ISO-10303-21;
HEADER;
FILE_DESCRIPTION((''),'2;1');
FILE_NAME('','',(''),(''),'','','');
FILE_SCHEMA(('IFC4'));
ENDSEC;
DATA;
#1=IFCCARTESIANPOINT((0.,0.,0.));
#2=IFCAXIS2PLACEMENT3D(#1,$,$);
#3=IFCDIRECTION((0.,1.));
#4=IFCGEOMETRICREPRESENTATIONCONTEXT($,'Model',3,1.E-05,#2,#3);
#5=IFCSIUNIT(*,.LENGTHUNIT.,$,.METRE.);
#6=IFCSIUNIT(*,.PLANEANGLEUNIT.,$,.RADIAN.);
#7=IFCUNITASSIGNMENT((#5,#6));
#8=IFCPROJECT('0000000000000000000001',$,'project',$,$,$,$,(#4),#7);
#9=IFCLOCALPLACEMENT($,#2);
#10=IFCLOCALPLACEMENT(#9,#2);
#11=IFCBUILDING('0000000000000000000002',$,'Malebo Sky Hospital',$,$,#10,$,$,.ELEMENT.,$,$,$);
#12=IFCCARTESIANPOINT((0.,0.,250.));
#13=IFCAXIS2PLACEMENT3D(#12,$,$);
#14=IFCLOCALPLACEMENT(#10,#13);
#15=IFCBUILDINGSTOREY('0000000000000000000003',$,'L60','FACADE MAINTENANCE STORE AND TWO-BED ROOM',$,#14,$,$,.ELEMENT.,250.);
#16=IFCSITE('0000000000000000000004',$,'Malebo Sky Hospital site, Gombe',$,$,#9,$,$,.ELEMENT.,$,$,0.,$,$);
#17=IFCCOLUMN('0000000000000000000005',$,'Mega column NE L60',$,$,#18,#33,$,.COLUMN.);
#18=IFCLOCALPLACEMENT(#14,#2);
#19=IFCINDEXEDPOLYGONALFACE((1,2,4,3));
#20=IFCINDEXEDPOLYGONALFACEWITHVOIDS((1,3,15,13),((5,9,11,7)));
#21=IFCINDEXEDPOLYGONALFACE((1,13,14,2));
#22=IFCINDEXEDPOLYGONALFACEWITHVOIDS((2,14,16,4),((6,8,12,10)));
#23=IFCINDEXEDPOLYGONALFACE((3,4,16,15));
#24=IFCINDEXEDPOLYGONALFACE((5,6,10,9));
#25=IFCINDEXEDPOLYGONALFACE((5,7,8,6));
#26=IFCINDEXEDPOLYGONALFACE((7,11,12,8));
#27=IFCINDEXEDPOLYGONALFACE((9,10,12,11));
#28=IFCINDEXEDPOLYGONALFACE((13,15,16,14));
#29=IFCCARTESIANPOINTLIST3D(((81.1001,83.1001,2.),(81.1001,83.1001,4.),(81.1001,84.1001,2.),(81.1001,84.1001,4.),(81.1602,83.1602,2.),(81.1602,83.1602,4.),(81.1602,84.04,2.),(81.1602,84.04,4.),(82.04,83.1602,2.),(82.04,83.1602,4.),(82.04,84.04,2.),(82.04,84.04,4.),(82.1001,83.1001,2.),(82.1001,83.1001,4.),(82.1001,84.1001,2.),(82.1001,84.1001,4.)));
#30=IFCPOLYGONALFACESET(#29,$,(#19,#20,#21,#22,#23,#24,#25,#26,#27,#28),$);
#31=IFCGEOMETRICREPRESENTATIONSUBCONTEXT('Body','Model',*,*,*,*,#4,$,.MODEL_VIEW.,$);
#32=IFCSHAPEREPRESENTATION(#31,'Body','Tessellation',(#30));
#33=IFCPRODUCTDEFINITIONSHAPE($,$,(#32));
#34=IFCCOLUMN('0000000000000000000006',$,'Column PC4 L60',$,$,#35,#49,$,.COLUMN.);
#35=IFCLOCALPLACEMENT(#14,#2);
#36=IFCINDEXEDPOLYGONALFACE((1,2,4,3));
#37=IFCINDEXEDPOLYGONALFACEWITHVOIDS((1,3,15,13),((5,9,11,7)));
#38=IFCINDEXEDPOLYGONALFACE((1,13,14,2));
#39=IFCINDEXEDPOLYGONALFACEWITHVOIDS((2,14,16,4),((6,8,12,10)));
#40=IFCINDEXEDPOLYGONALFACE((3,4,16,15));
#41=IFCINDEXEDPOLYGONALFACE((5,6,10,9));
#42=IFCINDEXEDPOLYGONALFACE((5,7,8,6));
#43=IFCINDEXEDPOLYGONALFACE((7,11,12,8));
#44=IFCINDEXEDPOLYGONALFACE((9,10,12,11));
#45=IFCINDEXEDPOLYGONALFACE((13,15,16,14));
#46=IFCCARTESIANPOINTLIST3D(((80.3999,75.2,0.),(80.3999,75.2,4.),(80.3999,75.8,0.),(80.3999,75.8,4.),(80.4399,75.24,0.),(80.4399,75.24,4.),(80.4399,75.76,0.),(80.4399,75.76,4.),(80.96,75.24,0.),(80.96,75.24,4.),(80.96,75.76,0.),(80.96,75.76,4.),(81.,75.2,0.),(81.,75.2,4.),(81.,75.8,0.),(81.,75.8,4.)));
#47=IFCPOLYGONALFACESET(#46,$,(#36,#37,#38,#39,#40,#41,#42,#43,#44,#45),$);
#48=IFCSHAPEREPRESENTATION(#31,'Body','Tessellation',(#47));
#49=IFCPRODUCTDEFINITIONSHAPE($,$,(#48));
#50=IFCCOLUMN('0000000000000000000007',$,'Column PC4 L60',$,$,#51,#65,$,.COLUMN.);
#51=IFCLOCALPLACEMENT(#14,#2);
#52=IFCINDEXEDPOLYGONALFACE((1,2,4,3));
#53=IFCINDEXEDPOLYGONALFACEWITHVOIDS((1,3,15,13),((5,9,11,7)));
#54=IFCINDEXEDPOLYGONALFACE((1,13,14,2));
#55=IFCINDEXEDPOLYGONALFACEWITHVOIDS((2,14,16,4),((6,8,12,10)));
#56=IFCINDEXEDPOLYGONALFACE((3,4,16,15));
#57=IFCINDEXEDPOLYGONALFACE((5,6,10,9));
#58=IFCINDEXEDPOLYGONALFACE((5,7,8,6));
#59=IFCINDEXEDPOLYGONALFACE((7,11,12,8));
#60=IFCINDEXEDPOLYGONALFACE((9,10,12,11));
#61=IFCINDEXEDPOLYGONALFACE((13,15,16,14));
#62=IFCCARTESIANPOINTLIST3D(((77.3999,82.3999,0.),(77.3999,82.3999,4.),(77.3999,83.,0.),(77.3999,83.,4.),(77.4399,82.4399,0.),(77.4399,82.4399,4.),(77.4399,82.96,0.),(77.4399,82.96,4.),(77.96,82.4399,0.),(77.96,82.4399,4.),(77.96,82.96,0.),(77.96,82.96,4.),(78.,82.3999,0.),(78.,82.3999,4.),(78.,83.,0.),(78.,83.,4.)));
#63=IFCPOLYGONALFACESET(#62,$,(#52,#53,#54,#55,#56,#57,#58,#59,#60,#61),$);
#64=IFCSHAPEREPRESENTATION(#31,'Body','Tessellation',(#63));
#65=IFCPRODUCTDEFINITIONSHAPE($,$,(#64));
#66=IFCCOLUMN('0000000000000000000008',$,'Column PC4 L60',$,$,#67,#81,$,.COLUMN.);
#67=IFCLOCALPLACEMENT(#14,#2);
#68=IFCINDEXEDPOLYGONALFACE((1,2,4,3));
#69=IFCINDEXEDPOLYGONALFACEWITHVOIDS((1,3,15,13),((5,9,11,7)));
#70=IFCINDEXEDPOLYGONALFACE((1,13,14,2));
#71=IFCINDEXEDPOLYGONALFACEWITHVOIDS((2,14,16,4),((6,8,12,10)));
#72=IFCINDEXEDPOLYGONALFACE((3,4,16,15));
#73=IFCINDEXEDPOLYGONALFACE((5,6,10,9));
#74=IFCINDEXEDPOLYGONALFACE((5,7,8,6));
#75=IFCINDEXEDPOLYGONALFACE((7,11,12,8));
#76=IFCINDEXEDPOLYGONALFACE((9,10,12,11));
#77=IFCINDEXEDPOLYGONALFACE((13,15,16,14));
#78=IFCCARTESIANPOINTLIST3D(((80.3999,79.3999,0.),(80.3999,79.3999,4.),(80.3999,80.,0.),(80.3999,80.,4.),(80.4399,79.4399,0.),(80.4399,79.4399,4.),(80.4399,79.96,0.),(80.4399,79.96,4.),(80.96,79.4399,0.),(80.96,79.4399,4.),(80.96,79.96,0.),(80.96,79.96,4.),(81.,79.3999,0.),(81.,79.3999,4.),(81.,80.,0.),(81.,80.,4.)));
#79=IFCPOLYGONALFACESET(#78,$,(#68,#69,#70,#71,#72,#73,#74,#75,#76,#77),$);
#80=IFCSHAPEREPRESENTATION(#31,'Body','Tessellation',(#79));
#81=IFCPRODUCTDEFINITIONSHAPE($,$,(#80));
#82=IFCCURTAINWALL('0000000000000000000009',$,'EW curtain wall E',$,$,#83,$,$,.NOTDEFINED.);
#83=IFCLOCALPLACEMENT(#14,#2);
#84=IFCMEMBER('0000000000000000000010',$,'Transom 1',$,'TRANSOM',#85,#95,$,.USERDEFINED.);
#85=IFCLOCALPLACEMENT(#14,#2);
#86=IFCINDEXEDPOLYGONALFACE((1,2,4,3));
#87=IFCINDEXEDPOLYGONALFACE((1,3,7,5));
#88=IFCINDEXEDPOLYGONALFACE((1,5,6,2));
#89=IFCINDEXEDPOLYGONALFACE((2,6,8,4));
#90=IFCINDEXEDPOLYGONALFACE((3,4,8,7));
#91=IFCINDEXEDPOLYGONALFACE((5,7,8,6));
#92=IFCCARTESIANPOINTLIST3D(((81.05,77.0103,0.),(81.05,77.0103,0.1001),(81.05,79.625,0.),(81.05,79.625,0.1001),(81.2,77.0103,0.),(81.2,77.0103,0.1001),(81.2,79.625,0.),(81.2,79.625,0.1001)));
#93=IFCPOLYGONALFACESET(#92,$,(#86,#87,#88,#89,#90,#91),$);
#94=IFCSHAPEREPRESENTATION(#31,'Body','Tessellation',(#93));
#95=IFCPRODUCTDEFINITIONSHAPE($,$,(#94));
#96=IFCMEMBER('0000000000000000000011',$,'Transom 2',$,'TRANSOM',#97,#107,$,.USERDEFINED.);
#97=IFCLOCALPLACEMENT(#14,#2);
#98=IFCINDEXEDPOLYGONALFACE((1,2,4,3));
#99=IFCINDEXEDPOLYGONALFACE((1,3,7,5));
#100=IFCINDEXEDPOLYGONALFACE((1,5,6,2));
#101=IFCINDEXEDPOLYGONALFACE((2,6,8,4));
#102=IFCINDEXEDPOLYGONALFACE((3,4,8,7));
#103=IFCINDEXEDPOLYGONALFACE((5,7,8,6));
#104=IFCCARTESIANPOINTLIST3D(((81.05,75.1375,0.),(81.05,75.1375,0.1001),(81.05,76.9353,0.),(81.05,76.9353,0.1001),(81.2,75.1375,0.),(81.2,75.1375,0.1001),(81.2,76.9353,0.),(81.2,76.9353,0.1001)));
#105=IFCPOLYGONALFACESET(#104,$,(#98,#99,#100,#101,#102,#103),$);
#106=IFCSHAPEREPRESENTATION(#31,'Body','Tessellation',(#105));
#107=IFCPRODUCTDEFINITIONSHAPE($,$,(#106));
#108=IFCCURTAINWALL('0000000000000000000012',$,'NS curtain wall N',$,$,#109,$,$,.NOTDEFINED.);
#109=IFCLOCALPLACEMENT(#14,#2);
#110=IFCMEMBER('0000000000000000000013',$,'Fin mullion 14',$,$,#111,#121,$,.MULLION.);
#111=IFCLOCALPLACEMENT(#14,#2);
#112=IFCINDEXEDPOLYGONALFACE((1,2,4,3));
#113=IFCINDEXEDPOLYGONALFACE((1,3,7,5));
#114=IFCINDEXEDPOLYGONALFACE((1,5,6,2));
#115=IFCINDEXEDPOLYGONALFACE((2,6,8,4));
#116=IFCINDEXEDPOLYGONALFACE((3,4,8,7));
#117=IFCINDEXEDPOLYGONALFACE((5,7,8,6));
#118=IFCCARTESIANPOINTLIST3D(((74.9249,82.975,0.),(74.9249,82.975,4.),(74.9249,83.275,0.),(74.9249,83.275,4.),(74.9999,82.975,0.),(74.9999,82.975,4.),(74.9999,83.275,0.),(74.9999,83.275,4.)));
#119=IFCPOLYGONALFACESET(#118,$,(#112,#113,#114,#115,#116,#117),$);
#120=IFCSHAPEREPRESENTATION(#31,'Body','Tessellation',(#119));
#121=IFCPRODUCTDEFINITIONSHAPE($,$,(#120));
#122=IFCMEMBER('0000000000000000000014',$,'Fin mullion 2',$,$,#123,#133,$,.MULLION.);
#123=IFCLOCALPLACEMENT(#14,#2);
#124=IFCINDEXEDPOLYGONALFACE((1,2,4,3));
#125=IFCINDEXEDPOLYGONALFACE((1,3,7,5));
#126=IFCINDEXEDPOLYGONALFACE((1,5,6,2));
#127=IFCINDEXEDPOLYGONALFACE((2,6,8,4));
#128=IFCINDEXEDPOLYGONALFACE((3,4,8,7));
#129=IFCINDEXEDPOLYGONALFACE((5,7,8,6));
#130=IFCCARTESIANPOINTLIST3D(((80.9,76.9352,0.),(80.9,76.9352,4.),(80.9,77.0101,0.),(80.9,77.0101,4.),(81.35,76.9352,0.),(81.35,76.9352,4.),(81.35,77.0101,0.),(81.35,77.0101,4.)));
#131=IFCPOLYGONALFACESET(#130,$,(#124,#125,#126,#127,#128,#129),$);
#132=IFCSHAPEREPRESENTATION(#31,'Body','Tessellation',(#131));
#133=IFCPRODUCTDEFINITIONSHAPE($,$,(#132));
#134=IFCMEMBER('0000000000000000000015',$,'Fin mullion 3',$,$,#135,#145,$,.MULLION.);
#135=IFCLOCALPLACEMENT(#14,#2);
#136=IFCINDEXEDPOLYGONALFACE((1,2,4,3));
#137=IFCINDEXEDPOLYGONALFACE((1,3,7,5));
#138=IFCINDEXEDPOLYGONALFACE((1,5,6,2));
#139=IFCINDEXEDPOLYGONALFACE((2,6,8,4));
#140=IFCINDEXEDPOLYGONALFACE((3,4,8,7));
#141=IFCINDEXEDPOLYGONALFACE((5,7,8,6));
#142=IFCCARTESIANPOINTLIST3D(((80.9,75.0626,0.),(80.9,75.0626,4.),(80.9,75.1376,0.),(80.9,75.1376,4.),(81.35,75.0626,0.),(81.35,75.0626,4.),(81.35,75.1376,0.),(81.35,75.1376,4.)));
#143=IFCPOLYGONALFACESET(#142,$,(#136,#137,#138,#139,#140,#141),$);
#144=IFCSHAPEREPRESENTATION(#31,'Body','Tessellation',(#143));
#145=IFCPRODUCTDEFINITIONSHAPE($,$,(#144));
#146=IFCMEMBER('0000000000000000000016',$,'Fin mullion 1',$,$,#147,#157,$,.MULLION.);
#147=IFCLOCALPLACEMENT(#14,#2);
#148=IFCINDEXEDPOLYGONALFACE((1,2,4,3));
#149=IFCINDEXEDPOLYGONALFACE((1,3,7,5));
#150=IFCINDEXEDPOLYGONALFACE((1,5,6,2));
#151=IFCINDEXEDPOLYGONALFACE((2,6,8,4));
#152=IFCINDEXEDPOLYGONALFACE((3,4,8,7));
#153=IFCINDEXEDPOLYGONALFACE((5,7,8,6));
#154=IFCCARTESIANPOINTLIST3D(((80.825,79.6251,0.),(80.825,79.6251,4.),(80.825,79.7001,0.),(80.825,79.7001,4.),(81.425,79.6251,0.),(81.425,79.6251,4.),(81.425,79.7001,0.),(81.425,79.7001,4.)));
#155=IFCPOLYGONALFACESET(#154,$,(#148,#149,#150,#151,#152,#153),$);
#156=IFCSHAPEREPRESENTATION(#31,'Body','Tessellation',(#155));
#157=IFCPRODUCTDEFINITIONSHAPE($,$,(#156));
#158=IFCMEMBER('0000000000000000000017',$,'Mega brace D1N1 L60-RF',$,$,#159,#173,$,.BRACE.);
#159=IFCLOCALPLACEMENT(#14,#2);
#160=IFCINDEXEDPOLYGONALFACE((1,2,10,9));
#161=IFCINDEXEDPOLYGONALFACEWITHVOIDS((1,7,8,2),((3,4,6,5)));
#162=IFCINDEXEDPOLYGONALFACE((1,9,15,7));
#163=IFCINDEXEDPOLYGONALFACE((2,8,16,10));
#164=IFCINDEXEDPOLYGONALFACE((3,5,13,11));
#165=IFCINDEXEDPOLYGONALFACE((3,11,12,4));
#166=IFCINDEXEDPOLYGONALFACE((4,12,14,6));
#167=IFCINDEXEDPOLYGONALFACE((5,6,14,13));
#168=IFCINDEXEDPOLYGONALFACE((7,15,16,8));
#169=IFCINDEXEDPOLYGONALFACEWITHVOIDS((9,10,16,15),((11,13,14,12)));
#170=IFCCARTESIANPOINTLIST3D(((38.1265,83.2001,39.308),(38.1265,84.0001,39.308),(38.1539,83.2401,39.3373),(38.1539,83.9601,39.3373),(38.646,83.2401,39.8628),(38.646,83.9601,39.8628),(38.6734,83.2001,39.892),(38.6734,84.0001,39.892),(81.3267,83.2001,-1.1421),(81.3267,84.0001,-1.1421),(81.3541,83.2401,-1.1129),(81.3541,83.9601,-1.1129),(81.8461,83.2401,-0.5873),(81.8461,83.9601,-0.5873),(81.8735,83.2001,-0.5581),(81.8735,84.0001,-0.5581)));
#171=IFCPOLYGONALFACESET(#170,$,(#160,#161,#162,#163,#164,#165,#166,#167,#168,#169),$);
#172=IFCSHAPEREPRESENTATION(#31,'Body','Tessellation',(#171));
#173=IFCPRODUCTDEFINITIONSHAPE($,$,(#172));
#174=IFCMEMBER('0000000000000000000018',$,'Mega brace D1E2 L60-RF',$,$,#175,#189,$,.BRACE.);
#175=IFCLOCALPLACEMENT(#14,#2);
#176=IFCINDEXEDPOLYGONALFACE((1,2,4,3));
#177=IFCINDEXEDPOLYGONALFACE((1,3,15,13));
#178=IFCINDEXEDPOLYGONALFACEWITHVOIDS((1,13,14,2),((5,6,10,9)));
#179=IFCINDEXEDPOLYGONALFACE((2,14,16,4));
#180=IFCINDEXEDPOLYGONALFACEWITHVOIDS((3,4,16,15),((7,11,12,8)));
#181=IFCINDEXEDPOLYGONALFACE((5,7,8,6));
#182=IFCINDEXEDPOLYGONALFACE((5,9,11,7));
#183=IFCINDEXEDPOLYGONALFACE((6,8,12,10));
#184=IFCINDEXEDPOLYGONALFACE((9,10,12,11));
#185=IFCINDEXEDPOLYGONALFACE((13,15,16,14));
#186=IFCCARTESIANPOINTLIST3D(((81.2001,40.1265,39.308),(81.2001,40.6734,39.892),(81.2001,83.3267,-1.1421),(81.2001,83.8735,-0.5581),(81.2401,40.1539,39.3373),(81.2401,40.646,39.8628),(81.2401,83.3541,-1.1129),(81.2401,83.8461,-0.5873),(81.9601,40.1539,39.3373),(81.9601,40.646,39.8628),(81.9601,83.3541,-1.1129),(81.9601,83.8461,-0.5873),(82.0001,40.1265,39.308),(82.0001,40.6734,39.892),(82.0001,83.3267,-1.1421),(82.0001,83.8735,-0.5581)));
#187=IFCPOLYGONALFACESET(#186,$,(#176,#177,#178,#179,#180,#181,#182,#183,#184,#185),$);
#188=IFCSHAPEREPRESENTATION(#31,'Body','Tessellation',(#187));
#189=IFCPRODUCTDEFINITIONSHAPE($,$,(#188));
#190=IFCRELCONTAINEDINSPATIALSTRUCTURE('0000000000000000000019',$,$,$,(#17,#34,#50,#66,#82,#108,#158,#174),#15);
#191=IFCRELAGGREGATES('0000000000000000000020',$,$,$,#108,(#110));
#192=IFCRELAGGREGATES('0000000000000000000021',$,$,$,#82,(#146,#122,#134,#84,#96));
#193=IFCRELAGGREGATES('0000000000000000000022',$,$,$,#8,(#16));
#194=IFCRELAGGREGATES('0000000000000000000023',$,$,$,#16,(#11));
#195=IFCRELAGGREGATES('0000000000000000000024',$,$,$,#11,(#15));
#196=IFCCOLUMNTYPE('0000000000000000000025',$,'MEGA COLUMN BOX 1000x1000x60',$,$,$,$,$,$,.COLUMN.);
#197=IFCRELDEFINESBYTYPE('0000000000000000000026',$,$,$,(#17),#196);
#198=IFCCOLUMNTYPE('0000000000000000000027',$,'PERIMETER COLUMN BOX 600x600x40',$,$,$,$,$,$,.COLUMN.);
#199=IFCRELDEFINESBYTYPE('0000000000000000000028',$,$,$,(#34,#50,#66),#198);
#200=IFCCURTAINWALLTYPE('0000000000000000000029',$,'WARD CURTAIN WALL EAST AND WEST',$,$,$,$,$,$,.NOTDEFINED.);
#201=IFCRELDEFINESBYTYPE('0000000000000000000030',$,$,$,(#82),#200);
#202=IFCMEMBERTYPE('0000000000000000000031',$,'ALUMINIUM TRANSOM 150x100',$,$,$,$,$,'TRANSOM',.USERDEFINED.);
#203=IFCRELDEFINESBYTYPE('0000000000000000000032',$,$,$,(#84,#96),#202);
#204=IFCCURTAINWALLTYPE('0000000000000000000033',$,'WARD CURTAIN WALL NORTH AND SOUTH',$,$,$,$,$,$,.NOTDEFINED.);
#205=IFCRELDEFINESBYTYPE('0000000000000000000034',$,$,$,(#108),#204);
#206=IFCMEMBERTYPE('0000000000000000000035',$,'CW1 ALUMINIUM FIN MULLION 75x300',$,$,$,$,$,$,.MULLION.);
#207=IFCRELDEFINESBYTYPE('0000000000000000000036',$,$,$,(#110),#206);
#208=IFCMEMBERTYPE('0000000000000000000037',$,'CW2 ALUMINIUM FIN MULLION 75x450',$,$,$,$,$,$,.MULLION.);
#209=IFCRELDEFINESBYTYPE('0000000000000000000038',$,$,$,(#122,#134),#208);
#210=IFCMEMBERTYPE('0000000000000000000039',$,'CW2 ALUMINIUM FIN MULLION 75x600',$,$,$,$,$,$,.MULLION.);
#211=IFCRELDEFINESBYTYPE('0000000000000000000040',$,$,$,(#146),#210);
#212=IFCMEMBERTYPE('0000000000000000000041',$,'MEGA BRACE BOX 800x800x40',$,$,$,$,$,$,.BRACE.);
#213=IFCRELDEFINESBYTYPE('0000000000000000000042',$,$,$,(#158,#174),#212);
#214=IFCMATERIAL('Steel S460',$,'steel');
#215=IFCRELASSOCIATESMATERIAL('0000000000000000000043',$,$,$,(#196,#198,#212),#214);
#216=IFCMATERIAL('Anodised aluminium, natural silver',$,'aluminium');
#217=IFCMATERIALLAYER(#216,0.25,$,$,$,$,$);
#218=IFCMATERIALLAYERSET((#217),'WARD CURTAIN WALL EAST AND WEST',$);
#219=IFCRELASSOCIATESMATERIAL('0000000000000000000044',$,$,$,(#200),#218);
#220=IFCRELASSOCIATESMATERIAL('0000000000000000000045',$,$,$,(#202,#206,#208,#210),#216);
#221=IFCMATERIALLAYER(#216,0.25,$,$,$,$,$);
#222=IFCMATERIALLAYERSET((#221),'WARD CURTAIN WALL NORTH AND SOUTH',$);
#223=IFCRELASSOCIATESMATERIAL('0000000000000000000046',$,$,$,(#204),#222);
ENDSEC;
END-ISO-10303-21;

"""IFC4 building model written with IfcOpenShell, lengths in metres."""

from ifc_helpers import new_model, si_unit, direction, frame, origin, origin_2d, place, context, subcontext, project, spatial, rectangle, hollow_rectangle, extrude, material, layer, layer_set, material_profile, profile_set, type_object, element, aggregate, save


model = new_model("IFC4")

# Units and contexts
model_context = context("Model", 3, precision=1e-05, world=origin(), true_north=direction((0.0, 1.0)))
body_context = subcontext(model_context, "Body", "Model", "MODEL_VIEW")
ifc_project = project(units=[si_unit("LENGTHUNIT", "METRE"), si_unit("PLANEANGLEUNIT", "RADIAN")], contexts=[model_context])

# Site, building, storey
site_placement = place(None, origin())
site = spatial("IfcSite", under=ifc_project, at=site_placement, Name="Malebo Sky Hospital site, Gombe", CompositionType="ELEMENT", RefElevation=0.0)
building_placement = place(site_placement, origin())
building = spatial("IfcBuilding", under=site, at=building_placement, Name="Malebo Sky Hospital", CompositionType="ELEMENT")
storey_placement = place(building_placement, frame((0.0, 0.0, 250.0)))
storey = spatial("IfcBuildingStorey", under=building, at=storey_placement, Name="L60", Description="FACADE MAINTENANCE STORE AND TWO-BED ROOM", CompositionType="ELEMENT", Elevation=250.0)

# Columns
ifc_material_1 = material(Name="Steel S460", Category="steel")
ifc_material_profile_1 = material_profile(ifc_material_1, hollow_rectangle(XDim=1.0, YDim=1.0, WallThickness=0.0601, at=origin_2d()), Name="BOX 1000x1000x60")
ifc_profile_set_1 = profile_set([ifc_material_profile_1], Name="Steel S460")
column_type_1 = type_object("IfcColumnType", Name="MEGA COLUMN BOX 1000x1000x60", PredefinedType="COLUMN", material=ifc_profile_set_1)
column_placement = place(storey_placement, frame((81.6001, 83.6001, 2.0), z_axis=(0.0, 0.0, 1.0), x_axis=(1.0, 0.0, 0.0)))
element("IfcColumn", 1, at=column_placement, inside=storey, type_object=column_type_1, Name="Mega column NE L60", PredefinedType="COLUMN", context=body_context, shape_type="SweptSolid", body=[
    extrude(hollow_rectangle(XDim=1.0, YDim=1.0, WallThickness=0.0601, at=origin_2d()), origin(), (0.0, 0.0, 1.0), 2.0),
])
ifc_material_profile_2 = material_profile(ifc_material_1, hollow_rectangle(XDim=0.6001, YDim=0.6001, WallThickness=0.04, at=origin_2d()), Name="BOX 600x600x40")
ifc_profile_set_2 = profile_set([ifc_material_profile_2], Name="Steel S460")
column_type_2 = type_object("IfcColumnType", Name="PERIMETER COLUMN BOX 600x600x40", PredefinedType="COLUMN", material=ifc_profile_set_2)
for number, where, z_axis, x_axis, name in (
    (2, (80.7, 75.5, 0.0), (0.0, 0.0, 1.0), (1.0, 0.0, 0.0), "Column PC4 L60"),
    (3, (77.7, 82.7, 0.0), (0.0, 0.0, 1.0), (1.0, 0.0, 0.0), "Column PC4 L60"),
    (4, (80.7, 79.7, 0.0), (0.0, 0.0, 1.0), (1.0, 0.0, 0.0), "Column PC4 L60"),
):
    element("IfcColumn", number, at=place(storey_placement, frame(where, z_axis=z_axis, x_axis=x_axis)), inside=storey, type_object=column_type_2, Name=name, PredefinedType="COLUMN", context=body_context, shape_type="SweptSolid", body=[
        extrude(hollow_rectangle(XDim=0.6001, YDim=0.6001, WallThickness=0.04, at=origin_2d()), origin(), (0.0, 0.0, 1.0), 4.0),
    ])

# Curtain wall, members
ifc_material_2 = material(Name="Anodised aluminium, natural silver", Category="aluminium")
ifc_layer_1 = layer(ifc_material_2, 0.25)
ifc_layer_set_1 = layer_set([ifc_layer_1], Name="WARD CURTAIN WALL EAST AND WEST")
curtain_wall_type_1 = type_object("IfcCurtainWallType", Name="WARD CURTAIN WALL EAST AND WEST", PredefinedType="NOTDEFINED", material=ifc_layer_set_1)
curtain_wall_1_placement = place(storey_placement, origin())
curtain_wall_1 = element("IfcCurtainWall", 5, at=curtain_wall_1_placement, inside=storey, type_object=curtain_wall_type_1, Name="EW curtain wall E", PredefinedType="NOTDEFINED")
ifc_material_profile_3 = material_profile(ifc_material_2, rectangle(XDim=0.1499, YDim=0.1001, at=origin_2d()), Name="ALUMINIUM TRANSOM 150x100")
ifc_profile_set_3 = profile_set([ifc_material_profile_3], Name="Anodised aluminium, natural silver")
member_type_1 = type_object("IfcMemberType", Name="ALUMINIUM TRANSOM 150x100", ElementType="TRANSOM", PredefinedType="USERDEFINED", material=ifc_profile_set_3)
member_1_placement = place(storey_placement, frame((81.125, 79.625, 0.05), z_axis=(0.0, -1.0, 0.0), x_axis=(1.0, 0.0, 0.0)))
member_1 = element("IfcMember", 6, at=member_1_placement, type_object=member_type_1, Name="Transom 1", ObjectType="TRANSOM", PredefinedType="USERDEFINED", context=body_context, shape_type="SweptSolid", body=[
    extrude(rectangle(XDim=0.1499, YDim=0.1001, at=origin_2d()), origin(), (0.0, 0.0, 1.0), 2.6147),
])
member_2_placement = place(storey_placement, frame((81.125, 76.9353, 0.05), z_axis=(0.0, -1.0, 0.0), x_axis=(1.0, 0.0, 0.0)))
member_2 = element("IfcMember", 7, at=member_2_placement, type_object=member_type_1, Name="Transom 2", ObjectType="TRANSOM", PredefinedType="USERDEFINED", context=body_context, shape_type="SweptSolid", body=[
    extrude(rectangle(XDim=0.1499, YDim=0.1001, at=origin_2d()), origin(), (0.0, 0.0, 1.0), 1.7979),
])

# Curtain wall, member
ifc_layer_2 = layer(ifc_material_2, 0.25)
ifc_layer_set_2 = layer_set([ifc_layer_2], Name="WARD CURTAIN WALL NORTH AND SOUTH")
curtain_wall_type_2 = type_object("IfcCurtainWallType", Name="WARD CURTAIN WALL NORTH AND SOUTH", PredefinedType="NOTDEFINED", material=ifc_layer_set_2)
curtain_wall_2_placement = place(storey_placement, origin())
curtain_wall_2 = element("IfcCurtainWall", 8, at=curtain_wall_2_placement, inside=storey, type_object=curtain_wall_type_2, Name="NS curtain wall N", PredefinedType="NOTDEFINED")
ifc_material_profile_4 = material_profile(ifc_material_2, rectangle(XDim=0.075, YDim=0.3, at=origin_2d()), Name="CW1 ALUMINIUM FIN MULLION 75x300")
ifc_profile_set_4 = profile_set([ifc_material_profile_4], Name="Anodised aluminium, natural silver")
member_type_2 = type_object("IfcMemberType", Name="CW1 ALUMINIUM FIN MULLION 75x300", PredefinedType="MULLION", material=ifc_profile_set_4)
member_3_placement = place(storey_placement, frame((74.9624, 83.125, 0.0), z_axis=(0.0, 0.0, 1.0), x_axis=(1.0, 0.0, 0.0)))
member_3 = element("IfcMember", 9, at=member_3_placement, type_object=member_type_2, Name="Fin mullion 14", PredefinedType="MULLION", context=body_context, shape_type="SweptSolid", body=[
    extrude(rectangle(XDim=0.075, YDim=0.3, at=origin_2d()), origin(), (0.0, 0.0, 1.0), 4.0),
])

# Members
ifc_material_profile_5 = material_profile(ifc_material_2, rectangle(XDim=0.075, YDim=0.45, at=origin_2d()), Name="CW2 ALUMINIUM FIN MULLION 75x450")
ifc_profile_set_5 = profile_set([ifc_material_profile_5], Name="Anodised aluminium, natural silver")
member_type_3 = type_object("IfcMemberType", Name="CW2 ALUMINIUM FIN MULLION 75x450", PredefinedType="MULLION", material=ifc_profile_set_5)
member_4_placement = place(storey_placement, frame((81.125, 76.9727, 0.0), z_axis=(0.0, 0.0, 1.0), x_axis=(0.0, -1.0, 0.0)))
member_4 = element("IfcMember", 10, at=member_4_placement, type_object=member_type_3, Name="Fin mullion 2", PredefinedType="MULLION", context=body_context, shape_type="SweptSolid", body=[
    extrude(rectangle(XDim=0.075, YDim=0.45, at=origin_2d()), origin(), (0.0, 0.0, 1.0), 4.0),
])
member_5_placement = place(storey_placement, frame((81.125, 75.1001, 0.0), z_axis=(0.0, 0.0, 1.0), x_axis=(0.0, -1.0, 0.0)))
member_5 = element("IfcMember", 11, at=member_5_placement, type_object=member_type_3, Name="Fin mullion 3", PredefinedType="MULLION", context=body_context, shape_type="SweptSolid", body=[
    extrude(rectangle(XDim=0.075, YDim=0.45, at=origin_2d()), origin(), (0.0, 0.0, 1.0), 4.0),
])
ifc_material_profile_6 = material_profile(ifc_material_2, rectangle(XDim=0.075, YDim=0.6001, at=origin_2d()), Name="CW2 ALUMINIUM FIN MULLION 75x600")
ifc_profile_set_6 = profile_set([ifc_material_profile_6], Name="Anodised aluminium, natural silver")
member_type_4 = type_object("IfcMemberType", Name="CW2 ALUMINIUM FIN MULLION 75x600", PredefinedType="MULLION", material=ifc_profile_set_6)
member_6_placement = place(storey_placement, frame((81.125, 79.6626, 0.0), z_axis=(0.0, 0.0, 1.0), x_axis=(0.0, -1.0, 0.0)))
member_6 = element("IfcMember", 12, at=member_6_placement, type_object=member_type_4, Name="Fin mullion 1", PredefinedType="MULLION", context=body_context, shape_type="SweptSolid", body=[
    extrude(rectangle(XDim=0.075, YDim=0.6001, at=origin_2d()), origin(), (0.0, 0.0, 1.0), 4.0),
])

# Members
ifc_material_profile_7 = material_profile(ifc_material_1, hollow_rectangle(XDim=0.8, YDim=0.8, WallThickness=0.04, at=origin_2d()), Name="BOX 800x800x40")
ifc_profile_set_7 = profile_set([ifc_material_profile_7], Name="Steel S460")
member_type_5 = type_object("IfcMemberType", Name="MEGA BRACE BOX 800x800x40", PredefinedType="BRACE", material=ifc_profile_set_7)
for number, where, z_axis, x_axis, name in (
    (13, (81.6001, 83.6001, -0.8501), (-0.729959, 0.0, 0.683491), (0.0, -1.0, 0.0), "Mega brace D1N1 L60-RF"),
    (14, (81.6001, 83.6001, -0.8501), (0.0, -0.729959, 0.683491), (1.0, 0.0, 0.0), "Mega brace D1E2 L60-RF"),
):
    element("IfcMember", number, at=place(storey_placement, frame(where, z_axis=z_axis, x_axis=x_axis)), inside=storey, type_object=member_type_5, Name=name, PredefinedType="BRACE", context=body_context, shape_type="SweptSolid", body=[
        extrude(hollow_rectangle(XDim=0.8, YDim=0.8, WallThickness=0.04, at=origin_2d()), origin(), (0.0, 0.0, 1.0), 59.1816),
    ])

aggregate(curtain_wall_2, [member_3])
aggregate(curtain_wall_1, [member_6, member_4, member_5, member_1, member_2])

save(model, "model.ifc")
